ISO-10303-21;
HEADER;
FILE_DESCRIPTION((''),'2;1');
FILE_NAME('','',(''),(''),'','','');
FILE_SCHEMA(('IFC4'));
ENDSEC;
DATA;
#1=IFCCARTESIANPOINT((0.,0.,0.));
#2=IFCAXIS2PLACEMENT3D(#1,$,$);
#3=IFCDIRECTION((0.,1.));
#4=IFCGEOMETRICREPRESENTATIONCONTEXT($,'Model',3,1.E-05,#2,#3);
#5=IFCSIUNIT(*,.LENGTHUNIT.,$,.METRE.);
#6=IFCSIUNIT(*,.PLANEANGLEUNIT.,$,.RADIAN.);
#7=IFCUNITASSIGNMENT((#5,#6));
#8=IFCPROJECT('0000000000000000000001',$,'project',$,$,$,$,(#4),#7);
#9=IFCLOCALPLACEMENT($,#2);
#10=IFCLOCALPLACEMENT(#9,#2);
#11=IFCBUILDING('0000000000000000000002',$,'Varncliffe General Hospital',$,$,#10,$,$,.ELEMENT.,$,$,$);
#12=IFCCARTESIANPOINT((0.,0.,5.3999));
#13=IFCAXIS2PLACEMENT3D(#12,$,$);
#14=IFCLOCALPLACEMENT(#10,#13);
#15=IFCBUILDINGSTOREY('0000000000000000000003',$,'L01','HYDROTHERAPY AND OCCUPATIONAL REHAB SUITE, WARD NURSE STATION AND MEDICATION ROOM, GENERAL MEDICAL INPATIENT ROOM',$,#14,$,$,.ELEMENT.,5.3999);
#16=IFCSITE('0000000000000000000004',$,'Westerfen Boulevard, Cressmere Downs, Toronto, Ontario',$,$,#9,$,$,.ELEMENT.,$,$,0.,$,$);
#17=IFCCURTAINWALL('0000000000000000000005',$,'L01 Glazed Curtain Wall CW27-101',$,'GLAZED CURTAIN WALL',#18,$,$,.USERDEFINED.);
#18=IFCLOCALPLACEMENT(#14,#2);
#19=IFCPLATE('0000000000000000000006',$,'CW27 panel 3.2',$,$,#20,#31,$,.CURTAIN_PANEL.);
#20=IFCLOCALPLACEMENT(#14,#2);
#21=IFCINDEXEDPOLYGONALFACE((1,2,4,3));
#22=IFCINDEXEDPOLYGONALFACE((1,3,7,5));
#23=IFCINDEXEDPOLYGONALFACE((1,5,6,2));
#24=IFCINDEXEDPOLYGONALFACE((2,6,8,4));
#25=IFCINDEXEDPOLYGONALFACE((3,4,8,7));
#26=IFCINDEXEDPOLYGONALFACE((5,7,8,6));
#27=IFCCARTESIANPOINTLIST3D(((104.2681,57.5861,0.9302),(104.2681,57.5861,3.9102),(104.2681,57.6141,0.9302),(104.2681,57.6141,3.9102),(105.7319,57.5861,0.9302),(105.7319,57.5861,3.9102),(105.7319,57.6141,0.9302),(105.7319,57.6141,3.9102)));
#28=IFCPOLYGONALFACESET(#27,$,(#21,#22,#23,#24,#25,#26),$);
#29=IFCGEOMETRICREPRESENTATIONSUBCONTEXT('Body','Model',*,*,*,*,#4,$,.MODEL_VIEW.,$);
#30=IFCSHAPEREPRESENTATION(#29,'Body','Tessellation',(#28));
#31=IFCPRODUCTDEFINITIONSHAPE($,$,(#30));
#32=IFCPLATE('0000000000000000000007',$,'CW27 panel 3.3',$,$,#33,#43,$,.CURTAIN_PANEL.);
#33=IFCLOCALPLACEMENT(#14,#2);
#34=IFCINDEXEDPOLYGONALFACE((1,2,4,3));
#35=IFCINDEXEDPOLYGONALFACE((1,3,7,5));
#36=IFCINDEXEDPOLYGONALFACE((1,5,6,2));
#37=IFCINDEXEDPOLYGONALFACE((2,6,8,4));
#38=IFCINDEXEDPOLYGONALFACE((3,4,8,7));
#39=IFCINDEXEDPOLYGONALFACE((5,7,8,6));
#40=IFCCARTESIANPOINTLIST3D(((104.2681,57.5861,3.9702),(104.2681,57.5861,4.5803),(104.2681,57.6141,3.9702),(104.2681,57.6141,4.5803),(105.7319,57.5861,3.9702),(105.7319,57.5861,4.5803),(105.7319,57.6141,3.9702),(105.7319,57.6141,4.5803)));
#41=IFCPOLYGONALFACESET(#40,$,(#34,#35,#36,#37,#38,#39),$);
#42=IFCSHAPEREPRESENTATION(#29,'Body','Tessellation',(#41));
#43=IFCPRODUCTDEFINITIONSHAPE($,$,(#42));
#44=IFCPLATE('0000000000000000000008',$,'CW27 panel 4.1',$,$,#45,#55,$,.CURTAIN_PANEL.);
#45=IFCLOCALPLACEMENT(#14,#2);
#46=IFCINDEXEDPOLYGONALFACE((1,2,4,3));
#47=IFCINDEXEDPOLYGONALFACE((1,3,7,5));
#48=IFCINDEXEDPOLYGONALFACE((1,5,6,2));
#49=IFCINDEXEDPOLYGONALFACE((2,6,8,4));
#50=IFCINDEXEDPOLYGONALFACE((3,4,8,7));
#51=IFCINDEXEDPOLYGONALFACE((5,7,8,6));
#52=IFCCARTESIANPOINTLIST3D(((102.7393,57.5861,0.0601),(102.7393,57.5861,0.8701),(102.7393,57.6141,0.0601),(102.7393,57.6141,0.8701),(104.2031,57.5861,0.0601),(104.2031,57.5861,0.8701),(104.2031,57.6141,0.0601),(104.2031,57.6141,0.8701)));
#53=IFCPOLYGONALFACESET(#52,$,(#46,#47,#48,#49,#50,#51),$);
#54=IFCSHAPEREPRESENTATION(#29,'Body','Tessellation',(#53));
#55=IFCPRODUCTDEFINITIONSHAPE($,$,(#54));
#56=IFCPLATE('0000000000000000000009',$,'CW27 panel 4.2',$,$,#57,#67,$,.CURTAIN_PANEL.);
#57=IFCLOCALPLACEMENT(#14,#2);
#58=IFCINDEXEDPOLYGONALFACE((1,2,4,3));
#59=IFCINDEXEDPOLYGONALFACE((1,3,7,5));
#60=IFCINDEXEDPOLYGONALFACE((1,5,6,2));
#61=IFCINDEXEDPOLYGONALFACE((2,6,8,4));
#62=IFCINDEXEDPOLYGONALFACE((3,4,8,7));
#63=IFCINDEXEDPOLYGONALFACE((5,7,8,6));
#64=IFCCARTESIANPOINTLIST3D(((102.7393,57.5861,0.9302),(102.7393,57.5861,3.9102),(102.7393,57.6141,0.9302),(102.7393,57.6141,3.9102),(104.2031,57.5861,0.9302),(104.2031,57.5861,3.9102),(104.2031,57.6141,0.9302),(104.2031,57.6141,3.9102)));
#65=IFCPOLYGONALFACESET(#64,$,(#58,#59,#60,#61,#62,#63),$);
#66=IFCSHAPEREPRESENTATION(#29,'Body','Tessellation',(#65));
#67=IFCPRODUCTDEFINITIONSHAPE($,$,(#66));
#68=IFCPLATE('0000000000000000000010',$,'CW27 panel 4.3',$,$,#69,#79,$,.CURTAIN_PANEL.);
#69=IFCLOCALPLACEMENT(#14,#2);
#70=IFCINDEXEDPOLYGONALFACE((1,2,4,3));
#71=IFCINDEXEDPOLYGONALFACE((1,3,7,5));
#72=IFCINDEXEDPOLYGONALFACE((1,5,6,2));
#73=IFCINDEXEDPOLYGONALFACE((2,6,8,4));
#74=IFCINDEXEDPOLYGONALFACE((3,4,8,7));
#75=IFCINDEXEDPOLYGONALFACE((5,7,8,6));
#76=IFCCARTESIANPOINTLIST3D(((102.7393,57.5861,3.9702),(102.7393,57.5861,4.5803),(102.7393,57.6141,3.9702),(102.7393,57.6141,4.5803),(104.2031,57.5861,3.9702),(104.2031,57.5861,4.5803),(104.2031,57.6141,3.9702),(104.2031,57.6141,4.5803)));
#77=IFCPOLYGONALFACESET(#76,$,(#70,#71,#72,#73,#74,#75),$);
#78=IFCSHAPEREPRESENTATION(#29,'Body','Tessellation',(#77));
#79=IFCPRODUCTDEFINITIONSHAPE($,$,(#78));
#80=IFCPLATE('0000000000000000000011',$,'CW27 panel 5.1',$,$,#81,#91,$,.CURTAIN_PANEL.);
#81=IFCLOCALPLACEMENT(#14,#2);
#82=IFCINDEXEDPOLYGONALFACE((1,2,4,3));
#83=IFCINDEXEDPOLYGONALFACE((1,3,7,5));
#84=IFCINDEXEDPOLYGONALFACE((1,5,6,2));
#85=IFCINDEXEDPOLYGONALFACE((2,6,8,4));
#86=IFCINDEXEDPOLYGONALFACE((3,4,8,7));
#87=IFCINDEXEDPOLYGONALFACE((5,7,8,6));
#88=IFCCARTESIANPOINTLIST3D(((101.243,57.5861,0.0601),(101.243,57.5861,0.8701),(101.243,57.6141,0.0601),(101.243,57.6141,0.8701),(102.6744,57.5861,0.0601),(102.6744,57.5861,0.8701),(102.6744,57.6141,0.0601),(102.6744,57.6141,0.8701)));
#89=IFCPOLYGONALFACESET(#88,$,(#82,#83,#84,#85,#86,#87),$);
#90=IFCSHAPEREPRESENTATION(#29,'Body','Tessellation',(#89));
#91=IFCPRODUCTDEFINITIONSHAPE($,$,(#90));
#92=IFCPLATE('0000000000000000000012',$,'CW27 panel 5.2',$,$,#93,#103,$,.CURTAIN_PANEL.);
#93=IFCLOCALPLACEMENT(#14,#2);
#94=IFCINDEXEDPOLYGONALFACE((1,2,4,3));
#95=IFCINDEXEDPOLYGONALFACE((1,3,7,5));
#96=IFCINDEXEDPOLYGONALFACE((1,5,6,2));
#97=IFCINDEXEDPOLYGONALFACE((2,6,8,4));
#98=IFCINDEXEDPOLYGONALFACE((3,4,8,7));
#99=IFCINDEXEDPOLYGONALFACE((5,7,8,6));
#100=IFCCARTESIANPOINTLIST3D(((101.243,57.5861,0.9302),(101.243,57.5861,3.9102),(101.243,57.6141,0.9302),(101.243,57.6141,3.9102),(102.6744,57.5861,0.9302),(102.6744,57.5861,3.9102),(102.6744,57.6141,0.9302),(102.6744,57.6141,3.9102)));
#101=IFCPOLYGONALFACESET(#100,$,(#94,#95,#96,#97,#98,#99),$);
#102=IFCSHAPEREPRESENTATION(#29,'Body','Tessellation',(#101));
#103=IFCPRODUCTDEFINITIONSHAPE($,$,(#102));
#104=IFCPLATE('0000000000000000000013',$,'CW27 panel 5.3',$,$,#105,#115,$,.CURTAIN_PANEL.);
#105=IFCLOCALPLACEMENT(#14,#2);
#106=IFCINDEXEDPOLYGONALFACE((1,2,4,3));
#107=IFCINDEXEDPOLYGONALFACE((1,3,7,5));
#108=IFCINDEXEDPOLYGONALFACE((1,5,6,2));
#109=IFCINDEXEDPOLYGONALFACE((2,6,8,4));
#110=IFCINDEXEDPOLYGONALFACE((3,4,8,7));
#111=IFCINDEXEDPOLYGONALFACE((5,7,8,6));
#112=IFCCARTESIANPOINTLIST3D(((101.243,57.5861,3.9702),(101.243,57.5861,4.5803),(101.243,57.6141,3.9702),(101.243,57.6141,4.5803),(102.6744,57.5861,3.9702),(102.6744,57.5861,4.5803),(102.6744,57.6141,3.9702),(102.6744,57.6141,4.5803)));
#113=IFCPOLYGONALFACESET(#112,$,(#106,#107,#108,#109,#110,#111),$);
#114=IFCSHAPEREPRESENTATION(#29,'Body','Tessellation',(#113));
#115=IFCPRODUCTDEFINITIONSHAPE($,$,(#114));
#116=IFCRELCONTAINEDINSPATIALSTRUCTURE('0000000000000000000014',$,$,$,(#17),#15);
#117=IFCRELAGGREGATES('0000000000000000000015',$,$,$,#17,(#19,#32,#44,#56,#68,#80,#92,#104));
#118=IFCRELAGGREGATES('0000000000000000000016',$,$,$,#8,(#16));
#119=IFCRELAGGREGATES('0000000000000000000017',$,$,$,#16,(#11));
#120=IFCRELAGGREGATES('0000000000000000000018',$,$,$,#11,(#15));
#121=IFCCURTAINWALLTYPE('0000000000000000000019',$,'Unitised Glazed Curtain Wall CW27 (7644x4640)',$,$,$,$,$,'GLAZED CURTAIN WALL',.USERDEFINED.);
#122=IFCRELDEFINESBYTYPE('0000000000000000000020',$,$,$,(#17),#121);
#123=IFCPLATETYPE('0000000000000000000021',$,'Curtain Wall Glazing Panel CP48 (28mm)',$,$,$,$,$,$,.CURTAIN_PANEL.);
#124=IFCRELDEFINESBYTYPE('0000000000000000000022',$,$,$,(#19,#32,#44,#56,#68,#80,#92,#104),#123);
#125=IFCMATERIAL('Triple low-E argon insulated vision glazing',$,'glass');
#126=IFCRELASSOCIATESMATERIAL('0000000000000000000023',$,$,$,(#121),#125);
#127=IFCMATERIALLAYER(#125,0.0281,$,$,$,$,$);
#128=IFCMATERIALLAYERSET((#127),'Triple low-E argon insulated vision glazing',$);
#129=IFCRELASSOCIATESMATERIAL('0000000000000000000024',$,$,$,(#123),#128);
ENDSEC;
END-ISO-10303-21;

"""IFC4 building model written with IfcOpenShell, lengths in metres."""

from ifc_helpers import new_model, si_unit, direction, frame, origin, origin_2d, place, context, subcontext, project, spatial, rectangle, extrude, material, layer, layer_set, type_object, element, aggregate, save


model = new_model("IFC4")

# Units and contexts
model_context = context("Model", 3, precision=1e-05, world=origin(), true_north=direction((0.0, 1.0)))
body_context = subcontext(model_context, "Body", "Model", "MODEL_VIEW")
ifc_project = project(units=[si_unit("LENGTHUNIT", "METRE"), si_unit("PLANEANGLEUNIT", "RADIAN")], contexts=[model_context])

# Site, building, storey
site_placement = place(None, origin())
site = spatial("IfcSite", under=ifc_project, at=site_placement, Name="Westerfen Boulevard, Cressmere Downs, Toronto, Ontario", CompositionType="ELEMENT", RefElevation=0.0)
building_placement = place(site_placement, origin())
building = spatial("IfcBuilding", under=site, at=building_placement, Name="Varncliffe General Hospital", CompositionType="ELEMENT")
storey_placement = place(building_placement, frame((0.0, 0.0, 5.3999)))
storey = spatial("IfcBuildingStorey", under=building, at=storey_placement, Name="L01", Description="HYDROTHERAPY AND OCCUPATIONAL REHAB SUITE, WARD NURSE STATION AND MEDICATION ROOM, GENERAL MEDICAL INPATIENT ROOM", CompositionType="ELEMENT", Elevation=5.3999)

# Curtain wall, plates
ifc_material_1 = material(Name="Triple low-E argon insulated vision glazing", Category="glass")
curtain_wall_type = type_object("IfcCurtainWallType", Name="Unitised Glazed Curtain Wall CW27 (7644x4640)", ElementType="GLAZED CURTAIN WALL", PredefinedType="USERDEFINED", material=ifc_material_1)
curtain_wall_placement = place(storey_placement, origin())
curtain_wall = element("IfcCurtainWall", 1, at=curtain_wall_placement, inside=storey, type_object=curtain_wall_type, Name="L01 Glazed Curtain Wall CW27-101", ObjectType="GLAZED CURTAIN WALL", PredefinedType="USERDEFINED")
ifc_layer = layer(ifc_material_1, 0.0281)
ifc_layer_set = layer_set([ifc_layer], Name="Triple low-E argon insulated vision glazing")
plate_type = type_object("IfcPlateType", Name="Curtain Wall Glazing Panel CP48 (28mm)", PredefinedType="CURTAIN_PANEL", material=ifc_layer_set)
plate_1_placement = place(storey_placement, frame((105.0, 57.6001, 0.9302), z_axis=(0.0, 0.0, 1.0), x_axis=(-1.0, 0.0, 0.0)))
plate_1 = element("IfcPlate", 2, at=plate_1_placement, type_object=plate_type, Name="CW27 panel 3.2", PredefinedType="CURTAIN_PANEL", context=body_context, shape_type="SweptSolid", body=[
    extrude(rectangle(XDim=1.4639, YDim=0.0281, at=origin_2d()), origin(), (0.0, 0.0, 1.0), 2.98),
])
plate_2_placement = place(storey_placement, frame((105.0, 57.6001, 3.9702), z_axis=(0.0, 0.0, 1.0), x_axis=(-1.0, 0.0, 0.0)))
plate_2 = element("IfcPlate", 3, at=plate_2_placement, type_object=plate_type, Name="CW27 panel 3.3", PredefinedType="CURTAIN_PANEL", context=body_context, shape_type="SweptSolid", body=[
    extrude(rectangle(XDim=1.4639, YDim=0.0281, at=origin_2d()), origin(), (0.0, 0.0, 1.0), 0.6101),
])
plate_3_placement = place(storey_placement, frame((103.4712, 57.6001, 0.0601), z_axis=(0.0, 0.0, 1.0), x_axis=(-1.0, 0.0, 0.0)))
plate_3 = element("IfcPlate", 4, at=plate_3_placement, type_object=plate_type, Name="CW27 panel 4.1", PredefinedType="CURTAIN_PANEL", context=body_context, shape_type="SweptSolid", body=[
    extrude(rectangle(XDim=1.4639, YDim=0.0281, at=origin_2d()), origin(), (0.0, 0.0, 1.0), 0.8101),
])
plate_4_placement = place(storey_placement, frame((103.4712, 57.6001, 0.9302), z_axis=(0.0, 0.0, 1.0), x_axis=(-1.0, 0.0, 0.0)))
plate_4 = element("IfcPlate", 5, at=plate_4_placement, type_object=plate_type, Name="CW27 panel 4.2", PredefinedType="CURTAIN_PANEL", context=body_context, shape_type="SweptSolid", body=[
    extrude(rectangle(XDim=1.4639, YDim=0.0281, at=origin_2d()), origin(), (0.0, 0.0, 1.0), 2.98),
])
plate_5_placement = place(storey_placement, frame((103.4712, 57.6001, 3.9702), z_axis=(0.0, 0.0, 1.0), x_axis=(-1.0, 0.0, 0.0)))
plate_5 = element("IfcPlate", 6, at=plate_5_placement, type_object=plate_type, Name="CW27 panel 4.3", PredefinedType="CURTAIN_PANEL", context=body_context, shape_type="SweptSolid", body=[
    extrude(rectangle(XDim=1.4639, YDim=0.0281, at=origin_2d()), origin(), (0.0, 0.0, 1.0), 0.6101),
])
plate_6_placement = place(storey_placement, frame((101.9587, 57.6001, 0.0601), z_axis=(0.0, 0.0, 1.0), x_axis=(-1.0, 0.0, 0.0)))
plate_6 = element("IfcPlate", 7, at=plate_6_placement, type_object=plate_type, Name="CW27 panel 5.1", PredefinedType="CURTAIN_PANEL", context=body_context, shape_type="SweptSolid", body=[
    extrude(rectangle(XDim=1.4314, YDim=0.0281, at=origin_2d()), origin(), (0.0, 0.0, 1.0), 0.8101),
])
plate_7_placement = place(storey_placement, frame((101.9587, 57.6001, 0.9302), z_axis=(0.0, 0.0, 1.0), x_axis=(-1.0, 0.0, 0.0)))
plate_7 = element("IfcPlate", 8, at=plate_7_placement, type_object=plate_type, Name="CW27 panel 5.2", PredefinedType="CURTAIN_PANEL", context=body_context, shape_type="SweptSolid", body=[
    extrude(rectangle(XDim=1.4314, YDim=0.0281, at=origin_2d()), origin(), (0.0, 0.0, 1.0), 2.98),
])
plate_8_placement = place(storey_placement, frame((101.9587, 57.6001, 3.9702), z_axis=(0.0, 0.0, 1.0), x_axis=(-1.0, 0.0, 0.0)))
plate_8 = element("IfcPlate", 9, at=plate_8_placement, type_object=plate_type, Name="CW27 panel 5.3", PredefinedType="CURTAIN_PANEL", context=body_context, shape_type="SweptSolid", body=[
    extrude(rectangle(XDim=1.4314, YDim=0.0281, at=origin_2d()), origin(), (0.0, 0.0, 1.0), 0.6101),
])
aggregate(curtain_wall, [plate_1, plate_2, plate_3, plate_4, plate_5, plate_6, plate_7, plate_8])

save(model, "model.ifc")
